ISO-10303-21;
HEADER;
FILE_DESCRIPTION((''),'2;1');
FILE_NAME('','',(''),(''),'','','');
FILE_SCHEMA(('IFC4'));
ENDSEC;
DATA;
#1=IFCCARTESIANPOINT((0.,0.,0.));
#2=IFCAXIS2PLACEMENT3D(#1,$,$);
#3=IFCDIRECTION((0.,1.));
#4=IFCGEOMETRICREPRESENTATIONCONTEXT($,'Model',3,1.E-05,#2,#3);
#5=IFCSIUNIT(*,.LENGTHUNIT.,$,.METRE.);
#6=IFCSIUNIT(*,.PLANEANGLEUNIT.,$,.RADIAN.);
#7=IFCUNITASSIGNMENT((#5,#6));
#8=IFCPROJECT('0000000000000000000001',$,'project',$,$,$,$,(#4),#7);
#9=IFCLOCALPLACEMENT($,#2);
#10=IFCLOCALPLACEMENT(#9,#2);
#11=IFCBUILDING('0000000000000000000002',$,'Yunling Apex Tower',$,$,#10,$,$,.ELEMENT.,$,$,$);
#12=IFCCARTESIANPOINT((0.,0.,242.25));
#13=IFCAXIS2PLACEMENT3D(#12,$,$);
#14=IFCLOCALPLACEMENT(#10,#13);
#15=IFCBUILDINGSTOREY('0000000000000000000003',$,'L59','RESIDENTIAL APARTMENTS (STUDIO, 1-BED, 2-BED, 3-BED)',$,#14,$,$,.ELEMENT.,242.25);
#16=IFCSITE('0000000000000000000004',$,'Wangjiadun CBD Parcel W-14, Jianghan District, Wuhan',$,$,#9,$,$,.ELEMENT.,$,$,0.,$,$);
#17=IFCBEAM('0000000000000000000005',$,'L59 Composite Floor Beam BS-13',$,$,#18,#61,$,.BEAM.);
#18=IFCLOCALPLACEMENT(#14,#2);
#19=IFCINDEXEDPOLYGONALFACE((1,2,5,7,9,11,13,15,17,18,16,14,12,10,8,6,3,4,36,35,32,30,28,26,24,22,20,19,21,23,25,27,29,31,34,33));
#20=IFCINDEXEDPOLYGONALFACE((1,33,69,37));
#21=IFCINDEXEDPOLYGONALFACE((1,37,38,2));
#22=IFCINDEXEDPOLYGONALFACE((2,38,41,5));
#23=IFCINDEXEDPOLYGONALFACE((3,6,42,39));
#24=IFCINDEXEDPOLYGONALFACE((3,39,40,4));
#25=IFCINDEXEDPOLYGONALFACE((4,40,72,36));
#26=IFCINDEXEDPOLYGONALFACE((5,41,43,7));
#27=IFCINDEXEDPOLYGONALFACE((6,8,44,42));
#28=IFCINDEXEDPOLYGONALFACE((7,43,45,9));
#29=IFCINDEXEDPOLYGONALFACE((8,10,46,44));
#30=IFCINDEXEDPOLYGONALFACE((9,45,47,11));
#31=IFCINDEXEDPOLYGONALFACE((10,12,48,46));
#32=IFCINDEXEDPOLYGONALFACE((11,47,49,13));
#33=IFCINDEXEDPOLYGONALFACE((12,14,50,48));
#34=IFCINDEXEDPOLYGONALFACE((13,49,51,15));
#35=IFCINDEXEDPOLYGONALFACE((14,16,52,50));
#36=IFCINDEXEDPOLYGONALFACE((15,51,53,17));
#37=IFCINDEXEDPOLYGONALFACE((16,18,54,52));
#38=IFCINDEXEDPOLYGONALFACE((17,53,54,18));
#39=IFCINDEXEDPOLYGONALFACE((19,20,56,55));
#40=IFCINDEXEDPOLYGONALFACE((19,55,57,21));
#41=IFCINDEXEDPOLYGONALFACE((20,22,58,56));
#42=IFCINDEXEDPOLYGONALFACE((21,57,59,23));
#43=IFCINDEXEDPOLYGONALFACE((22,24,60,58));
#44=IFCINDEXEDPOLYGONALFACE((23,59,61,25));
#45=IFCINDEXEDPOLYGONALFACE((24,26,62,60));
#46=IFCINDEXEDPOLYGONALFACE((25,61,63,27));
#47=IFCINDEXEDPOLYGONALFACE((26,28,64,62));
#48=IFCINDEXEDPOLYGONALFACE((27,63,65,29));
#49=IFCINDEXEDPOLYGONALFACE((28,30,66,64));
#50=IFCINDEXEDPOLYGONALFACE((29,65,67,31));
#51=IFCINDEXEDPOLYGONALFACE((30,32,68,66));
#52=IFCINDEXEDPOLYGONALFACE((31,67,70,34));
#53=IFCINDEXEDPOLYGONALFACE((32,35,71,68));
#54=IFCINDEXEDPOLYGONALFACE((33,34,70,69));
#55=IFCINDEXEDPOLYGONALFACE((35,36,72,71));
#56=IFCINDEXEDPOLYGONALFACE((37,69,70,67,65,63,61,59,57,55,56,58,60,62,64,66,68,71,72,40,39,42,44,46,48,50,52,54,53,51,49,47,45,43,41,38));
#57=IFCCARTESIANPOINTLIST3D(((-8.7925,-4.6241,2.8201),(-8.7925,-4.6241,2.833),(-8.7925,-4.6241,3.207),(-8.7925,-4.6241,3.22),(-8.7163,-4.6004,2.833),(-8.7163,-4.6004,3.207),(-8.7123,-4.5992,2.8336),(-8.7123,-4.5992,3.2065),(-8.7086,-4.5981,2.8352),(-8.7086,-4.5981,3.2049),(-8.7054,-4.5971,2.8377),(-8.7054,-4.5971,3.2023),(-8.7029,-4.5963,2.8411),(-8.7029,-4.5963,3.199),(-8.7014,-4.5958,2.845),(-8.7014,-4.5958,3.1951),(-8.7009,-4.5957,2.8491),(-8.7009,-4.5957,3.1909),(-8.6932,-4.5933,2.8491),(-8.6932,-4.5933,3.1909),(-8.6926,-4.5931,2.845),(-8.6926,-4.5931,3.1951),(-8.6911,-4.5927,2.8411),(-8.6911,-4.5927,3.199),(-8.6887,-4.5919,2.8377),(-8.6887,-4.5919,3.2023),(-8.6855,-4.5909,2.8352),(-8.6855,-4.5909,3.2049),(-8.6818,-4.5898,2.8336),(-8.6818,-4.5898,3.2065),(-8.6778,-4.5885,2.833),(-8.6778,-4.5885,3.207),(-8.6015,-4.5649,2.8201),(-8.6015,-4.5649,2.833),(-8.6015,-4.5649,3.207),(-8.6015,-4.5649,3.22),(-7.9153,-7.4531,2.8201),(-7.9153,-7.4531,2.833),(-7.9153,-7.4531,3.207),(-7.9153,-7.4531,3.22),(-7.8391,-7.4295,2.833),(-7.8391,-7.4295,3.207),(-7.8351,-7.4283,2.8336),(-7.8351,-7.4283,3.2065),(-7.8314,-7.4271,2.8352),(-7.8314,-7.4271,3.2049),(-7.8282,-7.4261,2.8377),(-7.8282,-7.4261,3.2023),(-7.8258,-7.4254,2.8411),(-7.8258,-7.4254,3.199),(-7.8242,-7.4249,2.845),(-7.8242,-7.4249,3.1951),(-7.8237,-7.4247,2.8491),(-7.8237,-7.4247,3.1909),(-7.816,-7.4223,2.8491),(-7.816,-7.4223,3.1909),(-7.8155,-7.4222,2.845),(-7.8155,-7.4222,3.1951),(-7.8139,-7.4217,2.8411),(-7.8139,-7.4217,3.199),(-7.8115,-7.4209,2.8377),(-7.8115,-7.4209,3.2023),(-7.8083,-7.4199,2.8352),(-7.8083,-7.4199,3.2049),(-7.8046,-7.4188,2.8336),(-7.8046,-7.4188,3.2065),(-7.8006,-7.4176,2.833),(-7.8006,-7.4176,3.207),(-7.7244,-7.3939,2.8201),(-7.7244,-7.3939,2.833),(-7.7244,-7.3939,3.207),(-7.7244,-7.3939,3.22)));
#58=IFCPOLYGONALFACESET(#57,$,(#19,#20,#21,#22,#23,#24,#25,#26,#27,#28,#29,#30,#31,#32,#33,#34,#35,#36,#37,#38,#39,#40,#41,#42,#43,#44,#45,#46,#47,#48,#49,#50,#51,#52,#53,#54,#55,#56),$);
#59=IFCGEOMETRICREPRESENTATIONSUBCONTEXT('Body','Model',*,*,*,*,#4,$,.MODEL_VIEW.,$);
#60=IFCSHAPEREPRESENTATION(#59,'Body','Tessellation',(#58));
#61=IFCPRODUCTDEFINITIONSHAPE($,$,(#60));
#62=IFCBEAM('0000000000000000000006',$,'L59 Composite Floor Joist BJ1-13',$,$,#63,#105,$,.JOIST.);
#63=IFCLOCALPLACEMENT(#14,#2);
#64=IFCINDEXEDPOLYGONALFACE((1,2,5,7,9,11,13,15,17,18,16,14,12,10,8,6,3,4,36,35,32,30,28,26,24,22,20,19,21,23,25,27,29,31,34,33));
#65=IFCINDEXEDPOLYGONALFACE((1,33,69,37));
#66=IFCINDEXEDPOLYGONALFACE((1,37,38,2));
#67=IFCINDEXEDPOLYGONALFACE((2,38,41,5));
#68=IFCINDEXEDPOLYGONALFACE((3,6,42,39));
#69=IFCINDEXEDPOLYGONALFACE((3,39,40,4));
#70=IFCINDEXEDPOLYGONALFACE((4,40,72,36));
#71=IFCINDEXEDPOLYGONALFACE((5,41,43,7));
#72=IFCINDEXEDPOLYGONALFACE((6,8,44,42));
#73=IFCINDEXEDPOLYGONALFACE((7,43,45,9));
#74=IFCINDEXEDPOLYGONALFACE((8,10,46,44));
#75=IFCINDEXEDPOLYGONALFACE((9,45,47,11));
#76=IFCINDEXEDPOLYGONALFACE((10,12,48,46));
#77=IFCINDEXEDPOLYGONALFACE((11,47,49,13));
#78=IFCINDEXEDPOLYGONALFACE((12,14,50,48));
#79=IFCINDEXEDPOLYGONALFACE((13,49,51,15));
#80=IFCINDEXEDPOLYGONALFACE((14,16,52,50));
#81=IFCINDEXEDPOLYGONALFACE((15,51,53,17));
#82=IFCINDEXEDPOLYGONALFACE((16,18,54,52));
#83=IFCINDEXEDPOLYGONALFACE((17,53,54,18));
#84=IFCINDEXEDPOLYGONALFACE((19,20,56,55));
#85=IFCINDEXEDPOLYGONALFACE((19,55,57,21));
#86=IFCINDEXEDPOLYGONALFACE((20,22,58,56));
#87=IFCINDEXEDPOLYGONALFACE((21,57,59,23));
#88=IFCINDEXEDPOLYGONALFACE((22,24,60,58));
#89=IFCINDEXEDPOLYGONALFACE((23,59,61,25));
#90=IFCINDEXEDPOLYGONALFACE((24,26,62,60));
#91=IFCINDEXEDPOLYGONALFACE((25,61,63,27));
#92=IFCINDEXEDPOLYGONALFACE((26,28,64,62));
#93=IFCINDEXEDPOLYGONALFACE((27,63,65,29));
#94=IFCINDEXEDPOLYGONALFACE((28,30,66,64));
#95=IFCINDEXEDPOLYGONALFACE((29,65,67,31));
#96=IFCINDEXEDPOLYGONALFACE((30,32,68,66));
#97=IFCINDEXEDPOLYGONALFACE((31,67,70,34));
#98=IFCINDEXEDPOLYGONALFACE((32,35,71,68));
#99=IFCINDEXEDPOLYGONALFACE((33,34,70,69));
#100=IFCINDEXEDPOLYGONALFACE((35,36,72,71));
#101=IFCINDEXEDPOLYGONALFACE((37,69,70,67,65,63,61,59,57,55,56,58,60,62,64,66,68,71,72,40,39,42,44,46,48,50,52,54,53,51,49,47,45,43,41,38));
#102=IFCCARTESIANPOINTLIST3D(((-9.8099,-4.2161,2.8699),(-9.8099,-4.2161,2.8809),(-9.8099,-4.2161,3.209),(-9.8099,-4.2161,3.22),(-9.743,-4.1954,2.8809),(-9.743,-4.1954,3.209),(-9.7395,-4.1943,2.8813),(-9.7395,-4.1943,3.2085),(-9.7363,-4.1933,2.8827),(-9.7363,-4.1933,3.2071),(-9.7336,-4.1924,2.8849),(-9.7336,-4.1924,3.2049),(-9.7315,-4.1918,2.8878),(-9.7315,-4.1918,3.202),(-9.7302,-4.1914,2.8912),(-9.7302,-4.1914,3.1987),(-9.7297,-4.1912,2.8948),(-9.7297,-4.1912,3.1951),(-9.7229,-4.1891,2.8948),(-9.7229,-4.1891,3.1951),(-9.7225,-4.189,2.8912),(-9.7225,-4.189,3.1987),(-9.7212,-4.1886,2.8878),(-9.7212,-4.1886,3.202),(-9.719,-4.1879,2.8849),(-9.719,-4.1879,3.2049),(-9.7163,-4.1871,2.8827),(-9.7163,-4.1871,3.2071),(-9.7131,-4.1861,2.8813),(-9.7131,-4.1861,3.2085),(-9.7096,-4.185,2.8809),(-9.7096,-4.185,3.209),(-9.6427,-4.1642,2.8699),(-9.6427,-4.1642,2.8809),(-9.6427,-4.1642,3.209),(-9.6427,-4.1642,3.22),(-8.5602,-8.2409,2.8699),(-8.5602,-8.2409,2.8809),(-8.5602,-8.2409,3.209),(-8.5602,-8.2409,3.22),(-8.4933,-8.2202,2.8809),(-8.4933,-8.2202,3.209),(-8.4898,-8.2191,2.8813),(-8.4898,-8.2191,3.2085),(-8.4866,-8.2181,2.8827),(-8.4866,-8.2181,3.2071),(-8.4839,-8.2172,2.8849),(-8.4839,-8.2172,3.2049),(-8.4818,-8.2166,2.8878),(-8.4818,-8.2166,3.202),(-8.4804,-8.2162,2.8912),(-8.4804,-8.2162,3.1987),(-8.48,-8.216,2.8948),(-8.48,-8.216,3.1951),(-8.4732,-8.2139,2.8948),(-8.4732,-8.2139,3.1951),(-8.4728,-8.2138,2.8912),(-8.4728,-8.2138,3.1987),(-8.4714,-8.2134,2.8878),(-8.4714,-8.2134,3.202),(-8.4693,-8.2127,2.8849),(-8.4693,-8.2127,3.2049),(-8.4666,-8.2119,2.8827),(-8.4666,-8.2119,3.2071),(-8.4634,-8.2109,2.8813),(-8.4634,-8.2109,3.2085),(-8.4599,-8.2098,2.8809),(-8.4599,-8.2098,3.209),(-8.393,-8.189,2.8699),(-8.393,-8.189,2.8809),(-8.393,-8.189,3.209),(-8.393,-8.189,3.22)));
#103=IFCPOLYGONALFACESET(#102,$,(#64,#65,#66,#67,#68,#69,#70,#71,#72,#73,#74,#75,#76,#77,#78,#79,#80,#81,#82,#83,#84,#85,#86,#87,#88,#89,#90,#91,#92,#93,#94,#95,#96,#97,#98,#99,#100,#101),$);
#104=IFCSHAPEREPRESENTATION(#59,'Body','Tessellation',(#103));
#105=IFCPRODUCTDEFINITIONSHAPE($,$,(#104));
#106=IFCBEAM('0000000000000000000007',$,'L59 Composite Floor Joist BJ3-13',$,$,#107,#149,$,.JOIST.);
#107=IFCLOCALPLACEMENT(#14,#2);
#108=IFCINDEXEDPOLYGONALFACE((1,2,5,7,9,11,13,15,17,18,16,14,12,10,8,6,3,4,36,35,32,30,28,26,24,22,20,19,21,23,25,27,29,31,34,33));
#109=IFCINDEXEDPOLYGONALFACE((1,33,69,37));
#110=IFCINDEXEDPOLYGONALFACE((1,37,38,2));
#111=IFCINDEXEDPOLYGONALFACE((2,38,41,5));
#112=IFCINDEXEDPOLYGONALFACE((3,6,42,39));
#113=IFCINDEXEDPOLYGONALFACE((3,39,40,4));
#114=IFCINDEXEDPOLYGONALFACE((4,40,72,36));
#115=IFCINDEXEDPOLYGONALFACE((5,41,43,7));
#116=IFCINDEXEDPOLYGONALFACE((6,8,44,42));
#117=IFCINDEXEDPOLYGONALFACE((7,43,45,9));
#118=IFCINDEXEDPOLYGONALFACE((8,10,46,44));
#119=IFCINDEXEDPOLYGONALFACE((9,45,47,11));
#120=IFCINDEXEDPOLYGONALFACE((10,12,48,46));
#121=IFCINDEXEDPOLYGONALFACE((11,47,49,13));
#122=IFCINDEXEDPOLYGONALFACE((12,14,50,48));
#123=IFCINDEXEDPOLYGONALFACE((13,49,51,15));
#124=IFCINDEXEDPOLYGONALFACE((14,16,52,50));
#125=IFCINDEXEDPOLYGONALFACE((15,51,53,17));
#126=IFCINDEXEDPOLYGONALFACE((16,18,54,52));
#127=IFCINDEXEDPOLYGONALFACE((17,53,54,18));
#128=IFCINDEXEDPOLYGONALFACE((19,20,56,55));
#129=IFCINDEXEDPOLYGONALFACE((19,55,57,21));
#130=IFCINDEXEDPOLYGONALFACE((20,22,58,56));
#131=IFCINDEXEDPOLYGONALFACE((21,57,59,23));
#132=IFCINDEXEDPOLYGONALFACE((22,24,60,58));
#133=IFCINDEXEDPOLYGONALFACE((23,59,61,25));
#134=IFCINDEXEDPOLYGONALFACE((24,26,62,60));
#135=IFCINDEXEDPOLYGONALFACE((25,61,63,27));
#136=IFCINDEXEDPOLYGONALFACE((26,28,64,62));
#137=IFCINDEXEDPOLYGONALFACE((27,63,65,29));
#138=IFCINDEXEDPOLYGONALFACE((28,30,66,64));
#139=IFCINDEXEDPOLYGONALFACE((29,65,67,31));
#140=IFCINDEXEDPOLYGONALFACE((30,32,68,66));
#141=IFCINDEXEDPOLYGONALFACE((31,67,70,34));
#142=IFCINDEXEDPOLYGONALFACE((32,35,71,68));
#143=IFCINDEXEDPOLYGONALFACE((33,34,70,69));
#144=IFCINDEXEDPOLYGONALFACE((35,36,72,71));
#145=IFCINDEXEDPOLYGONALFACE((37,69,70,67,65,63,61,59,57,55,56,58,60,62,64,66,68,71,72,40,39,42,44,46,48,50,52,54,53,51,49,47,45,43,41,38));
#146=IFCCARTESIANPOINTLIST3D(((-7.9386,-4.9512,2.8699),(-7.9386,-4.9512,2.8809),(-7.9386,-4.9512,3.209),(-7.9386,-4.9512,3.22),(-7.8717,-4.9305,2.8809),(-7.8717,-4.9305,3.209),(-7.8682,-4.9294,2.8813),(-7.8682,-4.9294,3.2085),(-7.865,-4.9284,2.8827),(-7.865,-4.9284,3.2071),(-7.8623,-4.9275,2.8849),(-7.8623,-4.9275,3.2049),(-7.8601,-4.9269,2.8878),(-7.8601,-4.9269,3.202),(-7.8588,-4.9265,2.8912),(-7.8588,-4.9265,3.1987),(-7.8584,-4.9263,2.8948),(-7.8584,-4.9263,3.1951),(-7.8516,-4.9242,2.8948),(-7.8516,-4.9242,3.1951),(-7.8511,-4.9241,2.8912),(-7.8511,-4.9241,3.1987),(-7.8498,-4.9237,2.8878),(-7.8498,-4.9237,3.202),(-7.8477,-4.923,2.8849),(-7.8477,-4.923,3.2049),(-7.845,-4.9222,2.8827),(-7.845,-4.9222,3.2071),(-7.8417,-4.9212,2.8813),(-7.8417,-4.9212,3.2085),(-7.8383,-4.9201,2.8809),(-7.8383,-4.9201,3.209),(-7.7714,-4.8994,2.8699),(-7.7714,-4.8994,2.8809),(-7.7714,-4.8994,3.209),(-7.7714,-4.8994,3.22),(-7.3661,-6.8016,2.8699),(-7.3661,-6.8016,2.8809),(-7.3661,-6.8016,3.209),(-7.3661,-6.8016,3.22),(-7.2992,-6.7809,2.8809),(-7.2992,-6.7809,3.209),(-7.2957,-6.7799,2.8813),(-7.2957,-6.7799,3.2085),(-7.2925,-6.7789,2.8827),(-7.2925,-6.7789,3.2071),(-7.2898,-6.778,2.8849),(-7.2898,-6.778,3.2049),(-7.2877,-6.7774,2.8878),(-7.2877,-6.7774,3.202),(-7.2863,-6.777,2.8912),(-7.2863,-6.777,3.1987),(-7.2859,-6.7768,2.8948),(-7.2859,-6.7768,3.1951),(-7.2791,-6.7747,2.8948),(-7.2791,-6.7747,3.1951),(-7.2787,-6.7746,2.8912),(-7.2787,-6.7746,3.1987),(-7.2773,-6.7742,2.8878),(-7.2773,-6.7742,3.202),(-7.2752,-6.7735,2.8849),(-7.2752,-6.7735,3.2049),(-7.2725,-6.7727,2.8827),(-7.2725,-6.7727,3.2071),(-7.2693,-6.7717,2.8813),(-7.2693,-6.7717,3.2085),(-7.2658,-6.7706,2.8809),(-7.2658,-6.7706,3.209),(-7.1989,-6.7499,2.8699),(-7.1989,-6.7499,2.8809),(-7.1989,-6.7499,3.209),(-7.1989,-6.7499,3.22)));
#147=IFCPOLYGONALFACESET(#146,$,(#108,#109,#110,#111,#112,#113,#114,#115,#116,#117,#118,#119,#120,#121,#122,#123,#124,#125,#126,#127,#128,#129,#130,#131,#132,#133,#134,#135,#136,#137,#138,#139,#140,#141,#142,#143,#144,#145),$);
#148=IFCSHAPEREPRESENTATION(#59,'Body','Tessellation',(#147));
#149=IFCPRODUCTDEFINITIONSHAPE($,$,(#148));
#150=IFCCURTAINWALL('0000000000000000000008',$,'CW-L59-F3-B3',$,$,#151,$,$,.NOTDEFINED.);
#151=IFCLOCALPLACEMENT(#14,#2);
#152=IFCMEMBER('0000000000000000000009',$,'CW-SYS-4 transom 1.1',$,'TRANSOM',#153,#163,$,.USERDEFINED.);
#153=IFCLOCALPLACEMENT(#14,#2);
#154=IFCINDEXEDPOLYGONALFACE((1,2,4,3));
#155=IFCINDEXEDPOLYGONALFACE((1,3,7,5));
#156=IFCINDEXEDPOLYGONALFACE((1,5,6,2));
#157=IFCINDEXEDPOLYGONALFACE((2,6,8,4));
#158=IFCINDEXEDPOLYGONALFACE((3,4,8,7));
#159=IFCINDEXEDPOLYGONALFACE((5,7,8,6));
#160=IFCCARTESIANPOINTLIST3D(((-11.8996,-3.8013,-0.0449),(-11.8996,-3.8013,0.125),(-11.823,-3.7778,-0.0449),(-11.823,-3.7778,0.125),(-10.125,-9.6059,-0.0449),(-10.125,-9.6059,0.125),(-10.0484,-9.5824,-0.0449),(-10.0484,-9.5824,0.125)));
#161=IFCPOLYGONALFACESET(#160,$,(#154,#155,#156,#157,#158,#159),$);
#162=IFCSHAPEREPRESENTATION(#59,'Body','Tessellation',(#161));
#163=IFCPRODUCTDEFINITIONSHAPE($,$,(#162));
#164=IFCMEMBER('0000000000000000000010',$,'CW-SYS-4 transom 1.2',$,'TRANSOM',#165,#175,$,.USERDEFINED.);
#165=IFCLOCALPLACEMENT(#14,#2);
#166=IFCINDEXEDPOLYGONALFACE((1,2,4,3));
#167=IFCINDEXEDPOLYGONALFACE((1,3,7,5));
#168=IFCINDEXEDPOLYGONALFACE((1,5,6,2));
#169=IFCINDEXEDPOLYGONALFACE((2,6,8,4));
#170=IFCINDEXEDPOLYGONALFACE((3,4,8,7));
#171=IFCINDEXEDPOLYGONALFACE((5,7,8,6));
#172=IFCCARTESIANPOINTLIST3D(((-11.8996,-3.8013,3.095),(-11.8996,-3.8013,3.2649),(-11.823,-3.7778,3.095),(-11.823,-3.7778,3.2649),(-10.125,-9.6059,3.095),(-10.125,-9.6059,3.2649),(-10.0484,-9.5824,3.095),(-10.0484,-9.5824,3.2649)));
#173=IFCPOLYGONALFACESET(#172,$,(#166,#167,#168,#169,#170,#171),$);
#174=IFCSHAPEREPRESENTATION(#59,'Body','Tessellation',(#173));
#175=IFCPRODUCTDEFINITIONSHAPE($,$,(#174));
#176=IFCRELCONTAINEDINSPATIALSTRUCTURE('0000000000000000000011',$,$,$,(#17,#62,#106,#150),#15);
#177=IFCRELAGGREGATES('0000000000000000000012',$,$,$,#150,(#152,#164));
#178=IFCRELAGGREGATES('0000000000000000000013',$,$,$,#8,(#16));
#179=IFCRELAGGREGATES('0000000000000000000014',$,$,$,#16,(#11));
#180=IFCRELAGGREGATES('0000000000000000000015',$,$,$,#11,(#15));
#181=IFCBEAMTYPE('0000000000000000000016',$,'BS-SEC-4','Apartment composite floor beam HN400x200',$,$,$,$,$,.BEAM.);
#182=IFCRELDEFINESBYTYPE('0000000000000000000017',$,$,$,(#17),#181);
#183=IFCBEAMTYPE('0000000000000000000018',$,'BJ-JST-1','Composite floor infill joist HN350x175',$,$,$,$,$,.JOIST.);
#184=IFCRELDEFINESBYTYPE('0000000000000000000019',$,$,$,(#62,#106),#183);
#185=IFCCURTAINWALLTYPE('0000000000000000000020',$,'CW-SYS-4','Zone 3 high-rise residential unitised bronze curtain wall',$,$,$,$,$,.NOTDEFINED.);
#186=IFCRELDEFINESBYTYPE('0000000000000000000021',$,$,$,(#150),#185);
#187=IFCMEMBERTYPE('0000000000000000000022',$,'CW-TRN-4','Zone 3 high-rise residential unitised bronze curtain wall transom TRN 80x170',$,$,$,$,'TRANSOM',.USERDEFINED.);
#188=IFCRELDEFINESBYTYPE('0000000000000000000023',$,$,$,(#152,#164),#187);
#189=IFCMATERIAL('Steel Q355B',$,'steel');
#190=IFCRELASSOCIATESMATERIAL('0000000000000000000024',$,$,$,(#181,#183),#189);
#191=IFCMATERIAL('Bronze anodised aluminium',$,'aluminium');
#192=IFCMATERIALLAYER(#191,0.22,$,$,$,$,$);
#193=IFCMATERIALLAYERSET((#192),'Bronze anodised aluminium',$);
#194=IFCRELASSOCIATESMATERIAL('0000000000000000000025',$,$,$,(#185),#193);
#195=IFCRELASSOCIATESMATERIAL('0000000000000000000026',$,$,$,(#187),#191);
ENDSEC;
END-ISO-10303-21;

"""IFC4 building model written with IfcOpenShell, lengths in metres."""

from ifc_helpers import new_model, si_unit, direction, frame, origin, origin_2d, place, context, subcontext, project, spatial, rectangle, i_section, extrude, source, transform, mapped, material, layer, layer_set, material_profile, profile_set, type_object, element, aggregate, save


model = new_model("IFC4")

# Units and contexts
model_context = context("Model", 3, precision=1e-05, world=origin(), true_north=direction((0.0, 1.0)))
body_context = subcontext(model_context, "Body", "Model", "MODEL_VIEW")
ifc_project = project(units=[si_unit("LENGTHUNIT", "METRE"), si_unit("PLANEANGLEUNIT", "RADIAN")], contexts=[model_context])

# Site, building, storey
site_placement = place(None, origin())
site = spatial("IfcSite", under=ifc_project, at=site_placement, Name="Wangjiadun CBD Parcel W-14, Jianghan District, Wuhan", CompositionType="ELEMENT", RefElevation=0.0)
building_placement = place(site_placement, origin())
building = spatial("IfcBuilding", under=site, at=building_placement, Name="Yunling Apex Tower", CompositionType="ELEMENT")
storey_placement = place(building_placement, frame((0.0, 0.0, 242.25)))
storey = spatial("IfcBuildingStorey", under=building, at=storey_placement, Name="L59", Description="RESIDENTIAL APARTMENTS (STUDIO, 1-BED, 2-BED, 3-BED)", CompositionType="ELEMENT", Elevation=242.25)

# Beams
ifc_material_1 = material(Name="Steel Q355B", Category="steel")
ifc_material_profile_1 = material_profile(ifc_material_1, i_section(OverallWidth=0.2, OverallDepth=0.3999, WebThickness=0.0081, FlangeThickness=0.0129, FilletRadius=0.0161, at=origin_2d()))
ifc_profile_set_1 = profile_set([ifc_material_profile_1], Name="Steel Q355B")
beam_type_1 = type_object("IfcBeamType", Name="BS-SEC-4", Description="Apartment composite floor beam HN400x200", PredefinedType="BEAM", material=ifc_profile_set_1)
shared_shape_1 = source(origin(), body_context, "Body", "SweptSolid", [
    extrude(i_section(OverallWidth=0.2, OverallDepth=0.3999, WebThickness=0.0081, FlangeThickness=0.0129, FilletRadius=0.0161, at=origin_2d()), origin(), (0.0, 0.0, 1.0), 2.9619),
])
beam_1_placement = place(storey_placement, frame((-8.697, -4.5945, 3.02), z_axis=(0.296153, -0.955141, 0.0), x_axis=(0.955141, 0.296153, 0.0)))
element("IfcBeam", 1, at=beam_1_placement, inside=storey, type_object=beam_type_1, Name="L59 Composite Floor Beam BS-13", PredefinedType="BEAM", context=body_context, shape_type="MappedRepresentation", body=[
    mapped(shared_shape_1, transform((0.0, 0.0, 0.0), scale=1.0)),
])
ifc_material_profile_2 = material_profile(ifc_material_1, i_section(OverallWidth=0.175, OverallDepth=0.3501, WebThickness=0.0071, FlangeThickness=0.011, FilletRadius=0.0139, at=origin_2d()))
ifc_profile_set_2 = profile_set([ifc_material_profile_2], Name="Steel Q355B")
beam_type_2 = type_object("IfcBeamType", Name="BJ-JST-1", Description="Composite floor infill joist HN350x175", PredefinedType="JOIST", material=ifc_profile_set_2)
shared_shape_2 = source(origin(), body_context, "Body", "SweptSolid", [
    extrude(i_section(OverallWidth=0.175, OverallDepth=0.3501, WebThickness=0.0071, FlangeThickness=0.011, FilletRadius=0.0139, at=origin_2d()), origin(), (0.0, 0.0, 1.0), 4.2144),
])
beam_2_placement = place(storey_placement, frame((-9.7263, -4.1902, 3.0449), z_axis=(0.29654, -0.955021, 0.0), x_axis=(0.955021, 0.29654, 0.0)))
element("IfcBeam", 2, at=beam_2_placement, inside=storey, type_object=beam_type_2, Name="L59 Composite Floor Joist BJ1-13", PredefinedType="JOIST", context=body_context, shape_type="MappedRepresentation", body=[
    mapped(shared_shape_2, transform((0.0, 0.0, 0.0), scale=1.0)),
])
shared_shape_3 = source(origin(), body_context, "Body", "SweptSolid", [
    extrude(i_section(OverallWidth=0.175, OverallDepth=0.3501, WebThickness=0.0071, FlangeThickness=0.011, FilletRadius=0.0139, at=origin_2d()), origin(), (0.0, 0.0, 1.0), 1.937),
])
beam_3_placement = place(storey_placement, frame((-7.855, -4.9253, 3.0449), z_axis=(0.295547, -0.955328, 0.0), x_axis=(0.955328, 0.295547, 0.0)))
element("IfcBeam", 3, at=beam_3_placement, inside=storey, type_object=beam_type_2, Name="L59 Composite Floor Joist BJ3-13", PredefinedType="JOIST", context=body_context, shape_type="MappedRepresentation", body=[
    mapped(shared_shape_3, transform((0.0, 0.0, 0.0), scale=1.0)),
])

# Curtain wall, members
ifc_material_2 = material(Name="Bronze anodised aluminium", Category="aluminium")
ifc_layer_1 = layer(ifc_material_2, 0.22)
ifc_layer_set_1 = layer_set([ifc_layer_1], Name="Bronze anodised aluminium")
curtain_wall_type = type_object("IfcCurtainWallType", Name="CW-SYS-4", Description="Zone 3 high-rise residential unitised bronze curtain wall", PredefinedType="NOTDEFINED", material=ifc_layer_set_1)
curtain_wall_1_placement = place(storey_placement, origin())
curtain_wall_1 = element("IfcCurtainWall", 4, at=curtain_wall_1_placement, inside=storey, type_object=curtain_wall_type, Name="CW-L59-F3-B3", PredefinedType="NOTDEFINED")
ifc_material_profile_3 = material_profile(ifc_material_2, rectangle(XDim=0.0801, YDim=0.1699, at=origin_2d()))
ifc_profile_set_3 = profile_set([ifc_material_profile_3], Name="Bronze anodised aluminium")
member_type_1 = type_object("IfcMemberType", Name="CW-TRN-4", Description="Zone 3 high-rise residential unitised bronze curtain wall transom TRN 80x170", ElementType="TRANSOM", PredefinedType="USERDEFINED", material=ifc_profile_set_3)
shared_shape_4 = source(origin(), body_context, "Body", "SweptSolid", [
    extrude(rectangle(XDim=0.0801, YDim=0.1699, at=origin_2d()), origin(), (0.0, 0.0, 1.0), 6.0698),
])
member_1_placement = place(storey_placement, frame((-11.8613, -3.7896, 0.04), z_axis=(0.29237, -0.956305, 0.0), x_axis=(0.956305, 0.29237, 0.0)))
member_1 = element("IfcMember", 5, at=member_1_placement, type_object=member_type_1, Name="CW-SYS-4 transom 1.1", ObjectType="TRANSOM", PredefinedType="USERDEFINED", context=body_context, shape_type="MappedRepresentation", body=[
    mapped(shared_shape_4, transform((0.0, 0.0, 0.0), scale=1.0)),
])
member_2_placement = place(storey_placement, frame((-11.8613, -3.7896, 3.1799), z_axis=(0.29237, -0.956305, 0.0), x_axis=(0.956305, 0.29237, 0.0)))
member_2 = element("IfcMember", 6, at=member_2_placement, type_object=member_type_1, Name="CW-SYS-4 transom 1.2", ObjectType="TRANSOM", PredefinedType="USERDEFINED", context=body_context, shape_type="MappedRepresentation", body=[
    mapped(shared_shape_4, transform((0.0, 0.0, 0.0), scale=1.0)),
])

aggregate(curtain_wall_1, [member_1, member_2])

save(model, "model.ifc")
